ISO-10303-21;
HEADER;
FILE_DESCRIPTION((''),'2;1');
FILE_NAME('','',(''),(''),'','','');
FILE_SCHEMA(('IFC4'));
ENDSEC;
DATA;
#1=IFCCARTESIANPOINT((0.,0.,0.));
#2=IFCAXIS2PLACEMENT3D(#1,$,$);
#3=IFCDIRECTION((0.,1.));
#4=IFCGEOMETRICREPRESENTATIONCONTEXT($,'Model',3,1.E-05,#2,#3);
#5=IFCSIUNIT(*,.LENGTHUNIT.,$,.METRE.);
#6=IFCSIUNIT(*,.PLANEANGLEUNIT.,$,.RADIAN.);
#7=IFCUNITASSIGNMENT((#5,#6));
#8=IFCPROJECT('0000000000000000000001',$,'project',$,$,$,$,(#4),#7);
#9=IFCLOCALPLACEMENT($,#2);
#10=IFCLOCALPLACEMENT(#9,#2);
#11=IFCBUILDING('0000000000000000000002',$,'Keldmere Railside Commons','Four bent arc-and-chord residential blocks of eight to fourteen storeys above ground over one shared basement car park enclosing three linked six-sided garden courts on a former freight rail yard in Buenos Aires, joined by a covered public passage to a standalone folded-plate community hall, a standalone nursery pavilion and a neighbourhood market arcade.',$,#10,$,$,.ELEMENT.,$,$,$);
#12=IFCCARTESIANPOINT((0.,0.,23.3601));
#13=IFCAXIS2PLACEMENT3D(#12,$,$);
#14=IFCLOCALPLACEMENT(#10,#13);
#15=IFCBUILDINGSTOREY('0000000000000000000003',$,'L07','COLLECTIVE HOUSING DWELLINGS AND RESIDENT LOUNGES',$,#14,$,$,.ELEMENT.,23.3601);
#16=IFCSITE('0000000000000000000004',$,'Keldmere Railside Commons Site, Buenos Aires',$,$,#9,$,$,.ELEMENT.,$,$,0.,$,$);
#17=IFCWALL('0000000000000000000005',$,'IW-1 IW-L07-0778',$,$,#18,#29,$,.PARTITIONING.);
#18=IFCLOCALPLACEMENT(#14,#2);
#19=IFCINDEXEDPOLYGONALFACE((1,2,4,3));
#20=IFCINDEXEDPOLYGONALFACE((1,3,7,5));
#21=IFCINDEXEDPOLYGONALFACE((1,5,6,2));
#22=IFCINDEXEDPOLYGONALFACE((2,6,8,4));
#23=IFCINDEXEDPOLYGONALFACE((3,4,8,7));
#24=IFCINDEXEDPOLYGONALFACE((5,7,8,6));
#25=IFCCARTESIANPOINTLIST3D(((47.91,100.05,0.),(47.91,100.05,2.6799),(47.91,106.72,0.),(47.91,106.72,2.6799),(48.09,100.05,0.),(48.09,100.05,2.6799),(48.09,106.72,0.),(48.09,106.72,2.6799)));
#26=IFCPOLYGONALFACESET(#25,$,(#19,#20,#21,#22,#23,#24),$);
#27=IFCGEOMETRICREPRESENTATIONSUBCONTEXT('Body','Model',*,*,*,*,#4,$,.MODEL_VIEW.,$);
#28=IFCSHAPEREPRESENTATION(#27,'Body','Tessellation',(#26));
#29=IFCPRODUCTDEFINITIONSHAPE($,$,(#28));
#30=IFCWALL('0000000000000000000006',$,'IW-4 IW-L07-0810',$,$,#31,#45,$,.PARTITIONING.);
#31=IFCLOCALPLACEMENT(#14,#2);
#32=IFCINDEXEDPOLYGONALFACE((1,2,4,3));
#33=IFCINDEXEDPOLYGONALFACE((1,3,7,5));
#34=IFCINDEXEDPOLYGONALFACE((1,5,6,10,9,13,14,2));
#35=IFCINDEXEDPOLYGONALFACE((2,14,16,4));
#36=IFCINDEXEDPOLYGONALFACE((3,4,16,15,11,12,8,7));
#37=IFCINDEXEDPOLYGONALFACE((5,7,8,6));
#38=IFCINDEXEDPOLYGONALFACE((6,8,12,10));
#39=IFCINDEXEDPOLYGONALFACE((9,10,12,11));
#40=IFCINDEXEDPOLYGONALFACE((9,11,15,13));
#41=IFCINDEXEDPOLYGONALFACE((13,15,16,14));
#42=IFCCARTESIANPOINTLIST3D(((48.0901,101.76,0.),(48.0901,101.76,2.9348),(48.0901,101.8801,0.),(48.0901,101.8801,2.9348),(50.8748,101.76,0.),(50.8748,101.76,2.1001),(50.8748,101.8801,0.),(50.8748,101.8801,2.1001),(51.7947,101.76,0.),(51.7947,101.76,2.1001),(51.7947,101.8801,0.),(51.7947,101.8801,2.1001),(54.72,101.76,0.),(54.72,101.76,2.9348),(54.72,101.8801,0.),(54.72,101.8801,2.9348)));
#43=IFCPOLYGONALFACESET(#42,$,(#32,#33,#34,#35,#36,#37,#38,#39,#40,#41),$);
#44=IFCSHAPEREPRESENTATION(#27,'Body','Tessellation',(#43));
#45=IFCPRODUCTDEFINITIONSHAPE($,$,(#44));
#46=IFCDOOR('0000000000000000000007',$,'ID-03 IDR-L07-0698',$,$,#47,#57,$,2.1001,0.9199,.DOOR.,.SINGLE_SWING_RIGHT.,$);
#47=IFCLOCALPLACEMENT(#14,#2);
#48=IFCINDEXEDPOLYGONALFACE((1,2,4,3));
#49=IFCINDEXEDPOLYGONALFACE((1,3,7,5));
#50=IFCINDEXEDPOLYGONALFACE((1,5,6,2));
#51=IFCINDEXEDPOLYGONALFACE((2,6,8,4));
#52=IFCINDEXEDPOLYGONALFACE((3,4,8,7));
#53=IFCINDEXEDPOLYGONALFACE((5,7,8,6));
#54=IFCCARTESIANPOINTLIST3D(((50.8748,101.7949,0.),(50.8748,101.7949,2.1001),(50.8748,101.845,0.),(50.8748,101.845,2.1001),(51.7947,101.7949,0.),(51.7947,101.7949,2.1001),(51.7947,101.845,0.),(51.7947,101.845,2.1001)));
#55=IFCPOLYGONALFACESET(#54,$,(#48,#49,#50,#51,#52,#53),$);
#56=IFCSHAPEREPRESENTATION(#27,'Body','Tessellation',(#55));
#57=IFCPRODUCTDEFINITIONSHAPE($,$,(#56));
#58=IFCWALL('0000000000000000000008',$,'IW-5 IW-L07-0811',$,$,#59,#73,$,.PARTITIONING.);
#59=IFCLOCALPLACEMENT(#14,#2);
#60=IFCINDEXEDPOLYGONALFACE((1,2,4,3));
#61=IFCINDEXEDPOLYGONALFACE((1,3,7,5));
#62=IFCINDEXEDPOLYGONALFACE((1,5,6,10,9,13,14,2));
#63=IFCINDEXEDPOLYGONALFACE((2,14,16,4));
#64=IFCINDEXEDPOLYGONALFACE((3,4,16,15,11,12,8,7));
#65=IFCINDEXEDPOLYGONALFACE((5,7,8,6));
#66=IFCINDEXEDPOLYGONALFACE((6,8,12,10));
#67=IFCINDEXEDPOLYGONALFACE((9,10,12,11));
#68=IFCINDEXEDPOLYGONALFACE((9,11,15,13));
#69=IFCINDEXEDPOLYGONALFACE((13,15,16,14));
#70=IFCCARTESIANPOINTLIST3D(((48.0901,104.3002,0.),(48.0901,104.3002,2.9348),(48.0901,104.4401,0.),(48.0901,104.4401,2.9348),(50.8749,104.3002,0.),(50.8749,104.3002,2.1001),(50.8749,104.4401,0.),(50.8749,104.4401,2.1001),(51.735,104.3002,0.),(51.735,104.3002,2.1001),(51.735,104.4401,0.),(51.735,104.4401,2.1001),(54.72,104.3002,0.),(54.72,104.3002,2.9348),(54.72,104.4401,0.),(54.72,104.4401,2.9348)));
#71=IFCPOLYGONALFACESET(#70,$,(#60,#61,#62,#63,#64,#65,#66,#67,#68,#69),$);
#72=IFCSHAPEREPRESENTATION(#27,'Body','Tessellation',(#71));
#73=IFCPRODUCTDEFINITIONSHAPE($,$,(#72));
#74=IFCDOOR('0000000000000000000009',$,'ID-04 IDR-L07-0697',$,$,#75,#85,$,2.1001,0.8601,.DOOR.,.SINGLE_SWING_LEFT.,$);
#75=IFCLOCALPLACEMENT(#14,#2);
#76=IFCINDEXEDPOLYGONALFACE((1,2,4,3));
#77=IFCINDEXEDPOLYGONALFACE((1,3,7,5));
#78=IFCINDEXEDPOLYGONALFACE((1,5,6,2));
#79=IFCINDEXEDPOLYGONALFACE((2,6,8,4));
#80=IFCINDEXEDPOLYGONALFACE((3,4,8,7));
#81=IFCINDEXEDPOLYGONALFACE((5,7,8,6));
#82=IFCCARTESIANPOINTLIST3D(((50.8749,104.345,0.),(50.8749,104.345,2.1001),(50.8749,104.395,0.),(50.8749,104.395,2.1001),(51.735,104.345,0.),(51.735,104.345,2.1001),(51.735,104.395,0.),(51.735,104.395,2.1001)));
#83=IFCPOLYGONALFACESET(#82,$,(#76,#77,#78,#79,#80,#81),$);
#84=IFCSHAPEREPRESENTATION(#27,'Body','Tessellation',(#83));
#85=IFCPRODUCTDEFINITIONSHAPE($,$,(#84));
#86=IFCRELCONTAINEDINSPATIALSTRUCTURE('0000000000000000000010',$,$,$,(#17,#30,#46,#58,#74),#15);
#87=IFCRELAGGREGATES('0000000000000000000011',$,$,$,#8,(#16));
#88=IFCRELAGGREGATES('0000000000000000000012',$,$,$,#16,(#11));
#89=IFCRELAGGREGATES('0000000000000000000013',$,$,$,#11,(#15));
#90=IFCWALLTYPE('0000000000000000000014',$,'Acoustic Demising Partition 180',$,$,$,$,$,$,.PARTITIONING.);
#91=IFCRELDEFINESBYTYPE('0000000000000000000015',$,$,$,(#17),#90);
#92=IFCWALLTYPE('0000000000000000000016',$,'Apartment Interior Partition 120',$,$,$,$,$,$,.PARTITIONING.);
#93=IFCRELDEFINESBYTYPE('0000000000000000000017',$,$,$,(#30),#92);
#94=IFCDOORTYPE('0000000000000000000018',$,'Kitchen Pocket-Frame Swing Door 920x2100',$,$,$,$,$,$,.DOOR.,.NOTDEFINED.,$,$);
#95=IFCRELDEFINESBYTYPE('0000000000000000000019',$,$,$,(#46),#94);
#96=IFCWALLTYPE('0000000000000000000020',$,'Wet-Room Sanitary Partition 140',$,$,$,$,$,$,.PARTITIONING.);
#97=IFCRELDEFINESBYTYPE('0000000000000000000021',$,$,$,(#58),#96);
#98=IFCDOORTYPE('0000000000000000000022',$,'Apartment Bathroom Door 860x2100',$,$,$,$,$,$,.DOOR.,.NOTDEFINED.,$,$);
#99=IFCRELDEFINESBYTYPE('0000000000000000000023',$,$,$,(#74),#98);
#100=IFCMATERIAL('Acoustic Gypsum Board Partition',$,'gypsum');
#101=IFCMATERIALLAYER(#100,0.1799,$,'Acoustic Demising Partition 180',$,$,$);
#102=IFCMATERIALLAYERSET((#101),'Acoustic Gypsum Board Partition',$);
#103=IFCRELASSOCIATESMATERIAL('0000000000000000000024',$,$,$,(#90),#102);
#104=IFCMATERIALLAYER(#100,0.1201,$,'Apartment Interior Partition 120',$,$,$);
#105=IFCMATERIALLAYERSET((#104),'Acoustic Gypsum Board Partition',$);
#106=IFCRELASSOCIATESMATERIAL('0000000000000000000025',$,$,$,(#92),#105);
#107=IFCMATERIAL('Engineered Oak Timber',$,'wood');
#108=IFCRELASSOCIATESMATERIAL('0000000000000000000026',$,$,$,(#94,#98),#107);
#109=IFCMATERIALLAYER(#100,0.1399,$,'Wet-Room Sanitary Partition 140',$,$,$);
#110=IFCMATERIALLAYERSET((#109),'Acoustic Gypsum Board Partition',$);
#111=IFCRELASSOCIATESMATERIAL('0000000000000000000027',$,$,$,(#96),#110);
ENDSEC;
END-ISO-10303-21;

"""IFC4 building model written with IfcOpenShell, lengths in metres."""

from ifc_helpers import new_model, si_unit, direction, frame, frame_2d, origin, place, context, subcontext, project, spatial, rectangle, extrude, material, layer, layer_set, type_object, element, fill, save


model = new_model("IFC4")

# Units and contexts
model_context = context("Model", 3, precision=1e-05, world=origin(), true_north=direction((0.0, 1.0)))
body_context = subcontext(model_context, "Body", "Model", "MODEL_VIEW")
ifc_project = project(units=[si_unit("LENGTHUNIT", "METRE"), si_unit("PLANEANGLEUNIT", "RADIAN")], contexts=[model_context])

# Site, building, storey
site_placement = place(None, origin())
site = spatial("IfcSite", under=ifc_project, at=site_placement, Name="Keldmere Railside Commons Site, Buenos Aires", CompositionType="ELEMENT", RefElevation=0.0)
building_placement = place(site_placement, origin())
building = spatial("IfcBuilding", under=site, at=building_placement, Name="Keldmere Railside Commons", Description="Four bent arc-and-chord residential blocks of eight to fourteen storeys above ground over one shared basement car park enclosing three linked six-sided garden courts on a former freight rail yard in Buenos Aires, joined by a covered public passage to a standalone folded-plate community hall, a standalone nursery pavilion and a neighbourhood market arcade.", CompositionType="ELEMENT")
storey_placement = place(building_placement, frame((0.0, 0.0, 23.3601)))
storey = spatial("IfcBuildingStorey", under=building, at=storey_placement, Name="L07", Description="COLLECTIVE HOUSING DWELLINGS AND RESIDENT LOUNGES", CompositionType="ELEMENT", Elevation=23.3601)

# Wall
ifc_material_1 = material(Name="Acoustic Gypsum Board Partition", Category="gypsum")
ifc_layer_1 = layer(ifc_material_1, 0.1799, Name="Acoustic Demising Partition 180")
ifc_layer_set_1 = layer_set([ifc_layer_1], Name="Acoustic Gypsum Board Partition")
wall_type_1 = type_object("IfcWallType", Name="Acoustic Demising Partition 180", PredefinedType="PARTITIONING", material=ifc_layer_set_1)
wall_1_placement = place(storey_placement, frame((48.0, 100.05, 0.0), z_axis=(0.0, 0.0, 1.0), x_axis=(0.0, 1.0, 0.0)))
element("IfcWall", 1, at=wall_1_placement, inside=storey, type_object=wall_type_1, Name="IW-1 IW-L07-0778", PredefinedType="PARTITIONING", context=body_context, shape_type="SweptSolid", body=[
    extrude(rectangle(XDim=6.6699, YDim=0.1799, at=frame_2d((3.335, 0.0))), origin(), (0.0, 0.0, 1.0), 2.6799),
])

# Walls, openings, doors
ifc_layer_2 = layer(ifc_material_1, 0.1201, Name="Apartment Interior Partition 120")
ifc_layer_set_2 = layer_set([ifc_layer_2], Name="Acoustic Gypsum Board Partition")
wall_type_2 = type_object("IfcWallType", Name="Apartment Interior Partition 120", PredefinedType="PARTITIONING", material=ifc_layer_set_2)
wall_2_placement = place(storey_placement, frame((48.0901, 101.8201, 0.0), z_axis=(0.0, 0.0, 1.0), x_axis=(1.0, 0.0, 0.0)))
wall_2 = element("IfcWall", 2, at=wall_2_placement, inside=storey, type_object=wall_type_2, Name="IW-4 IW-L07-0810", PredefinedType="PARTITIONING", context=body_context, shape_type="SweptSolid", body=[
    extrude(rectangle(XDim=6.6299, YDim=0.1201, at=frame_2d((3.3149, 0.0))), origin(), (0.0, 0.0, 1.0), 2.9348),
])
opening_1_placement = place(wall_2_placement, frame((2.7847, 0.0, 0.0)))
opening_1 = element("IfcOpeningElement", 3, at=opening_1_placement, cuts=wall_2, PredefinedType="OPENING", context=body_context, shape_type="SweptSolid", body=[
    extrude(rectangle(XDim=0.9199, YDim=2.1001, at=frame_2d((0.46, 1.05))), frame((0.0, 0.0701, 0.0), z_axis=(0.0, -1.0, 0.0), x_axis=(1.0, 0.0, 0.0)), (0.0, 0.0, 1.0), 0.1401),
])
ifc_material_2 = material(Name="Engineered Oak Timber", Category="wood")
door_type_1 = type_object("IfcDoorType", Name="Kitchen Pocket-Frame Swing Door 920x2100", OperationType="NOTDEFINED", PredefinedType="DOOR", material=ifc_material_2)
door_1_placement = place(opening_1_placement, origin())
door_1 = element("IfcDoor", 4, at=door_1_placement, inside=storey, type_object=door_type_1, Name="ID-03 IDR-L07-0698", OperationType="SINGLE_SWING_RIGHT", OverallHeight=2.1001, OverallWidth=0.9199, PredefinedType="DOOR", context=body_context, shape_type="SweptSolid", body=[
    extrude(rectangle(XDim=0.9199, YDim=2.1001, at=frame_2d((0.46, 1.05))), frame((0.0, 0.0249, 0.0), z_axis=(0.0, -1.0, 0.0), x_axis=(1.0, 0.0, 0.0)), (0.0, 0.0, 1.0), 0.05),
])
fill(opening_1, door_1)
ifc_layer_3 = layer(ifc_material_1, 0.1399, Name="Wet-Room Sanitary Partition 140")
ifc_layer_set_3 = layer_set([ifc_layer_3], Name="Acoustic Gypsum Board Partition")
wall_type_3 = type_object("IfcWallType", Name="Wet-Room Sanitary Partition 140", PredefinedType="PARTITIONING", material=ifc_layer_set_3)
wall_3_placement = place(storey_placement, frame((48.0901, 104.3701, 0.0), z_axis=(0.0, 0.0, 1.0), x_axis=(1.0, 0.0, 0.0)))
wall_3 = element("IfcWall", 5, at=wall_3_placement, inside=storey, type_object=wall_type_3, Name="IW-5 IW-L07-0811", PredefinedType="PARTITIONING", context=body_context, shape_type="SweptSolid", body=[
    extrude(rectangle(XDim=6.6299, YDim=0.1399, at=frame_2d((3.3149, 0.0))), origin(), (0.0, 0.0, 1.0), 2.9348),
])
opening_2_placement = place(wall_3_placement, frame((2.7847, 0.0, 0.0)))
opening_2 = element("IfcOpeningElement", 6, at=opening_2_placement, cuts=wall_3, PredefinedType="OPENING", context=body_context, shape_type="SweptSolid", body=[
    extrude(rectangle(XDim=0.8601, YDim=2.1001, at=frame_2d((0.4302, 1.05))), frame((0.0, 0.0798, 0.0), z_axis=(0.0, -1.0, 0.0), x_axis=(1.0, 0.0, 0.0)), (0.0, 0.0, 1.0), 0.1599),
])
door_type_2 = type_object("IfcDoorType", Name="Apartment Bathroom Door 860x2100", OperationType="NOTDEFINED", PredefinedType="DOOR", material=ifc_material_2)
door_2_placement = place(opening_2_placement, origin())
door_2 = element("IfcDoor", 7, at=door_2_placement, inside=storey, type_object=door_type_2, Name="ID-04 IDR-L07-0697", OperationType="SINGLE_SWING_LEFT", OverallHeight=2.1001, OverallWidth=0.8601, PredefinedType="DOOR", context=body_context, shape_type="SweptSolid", body=[
    extrude(rectangle(XDim=0.8601, YDim=2.1001, at=frame_2d((0.4302, 1.05))), frame((0.0, 0.0249, 0.0), z_axis=(0.0, -1.0, 0.0), x_axis=(1.0, 0.0, 0.0)), (0.0, 0.0, 1.0), 0.05),
])
fill(opening_2, door_2)

save(model, "model.ifc")
